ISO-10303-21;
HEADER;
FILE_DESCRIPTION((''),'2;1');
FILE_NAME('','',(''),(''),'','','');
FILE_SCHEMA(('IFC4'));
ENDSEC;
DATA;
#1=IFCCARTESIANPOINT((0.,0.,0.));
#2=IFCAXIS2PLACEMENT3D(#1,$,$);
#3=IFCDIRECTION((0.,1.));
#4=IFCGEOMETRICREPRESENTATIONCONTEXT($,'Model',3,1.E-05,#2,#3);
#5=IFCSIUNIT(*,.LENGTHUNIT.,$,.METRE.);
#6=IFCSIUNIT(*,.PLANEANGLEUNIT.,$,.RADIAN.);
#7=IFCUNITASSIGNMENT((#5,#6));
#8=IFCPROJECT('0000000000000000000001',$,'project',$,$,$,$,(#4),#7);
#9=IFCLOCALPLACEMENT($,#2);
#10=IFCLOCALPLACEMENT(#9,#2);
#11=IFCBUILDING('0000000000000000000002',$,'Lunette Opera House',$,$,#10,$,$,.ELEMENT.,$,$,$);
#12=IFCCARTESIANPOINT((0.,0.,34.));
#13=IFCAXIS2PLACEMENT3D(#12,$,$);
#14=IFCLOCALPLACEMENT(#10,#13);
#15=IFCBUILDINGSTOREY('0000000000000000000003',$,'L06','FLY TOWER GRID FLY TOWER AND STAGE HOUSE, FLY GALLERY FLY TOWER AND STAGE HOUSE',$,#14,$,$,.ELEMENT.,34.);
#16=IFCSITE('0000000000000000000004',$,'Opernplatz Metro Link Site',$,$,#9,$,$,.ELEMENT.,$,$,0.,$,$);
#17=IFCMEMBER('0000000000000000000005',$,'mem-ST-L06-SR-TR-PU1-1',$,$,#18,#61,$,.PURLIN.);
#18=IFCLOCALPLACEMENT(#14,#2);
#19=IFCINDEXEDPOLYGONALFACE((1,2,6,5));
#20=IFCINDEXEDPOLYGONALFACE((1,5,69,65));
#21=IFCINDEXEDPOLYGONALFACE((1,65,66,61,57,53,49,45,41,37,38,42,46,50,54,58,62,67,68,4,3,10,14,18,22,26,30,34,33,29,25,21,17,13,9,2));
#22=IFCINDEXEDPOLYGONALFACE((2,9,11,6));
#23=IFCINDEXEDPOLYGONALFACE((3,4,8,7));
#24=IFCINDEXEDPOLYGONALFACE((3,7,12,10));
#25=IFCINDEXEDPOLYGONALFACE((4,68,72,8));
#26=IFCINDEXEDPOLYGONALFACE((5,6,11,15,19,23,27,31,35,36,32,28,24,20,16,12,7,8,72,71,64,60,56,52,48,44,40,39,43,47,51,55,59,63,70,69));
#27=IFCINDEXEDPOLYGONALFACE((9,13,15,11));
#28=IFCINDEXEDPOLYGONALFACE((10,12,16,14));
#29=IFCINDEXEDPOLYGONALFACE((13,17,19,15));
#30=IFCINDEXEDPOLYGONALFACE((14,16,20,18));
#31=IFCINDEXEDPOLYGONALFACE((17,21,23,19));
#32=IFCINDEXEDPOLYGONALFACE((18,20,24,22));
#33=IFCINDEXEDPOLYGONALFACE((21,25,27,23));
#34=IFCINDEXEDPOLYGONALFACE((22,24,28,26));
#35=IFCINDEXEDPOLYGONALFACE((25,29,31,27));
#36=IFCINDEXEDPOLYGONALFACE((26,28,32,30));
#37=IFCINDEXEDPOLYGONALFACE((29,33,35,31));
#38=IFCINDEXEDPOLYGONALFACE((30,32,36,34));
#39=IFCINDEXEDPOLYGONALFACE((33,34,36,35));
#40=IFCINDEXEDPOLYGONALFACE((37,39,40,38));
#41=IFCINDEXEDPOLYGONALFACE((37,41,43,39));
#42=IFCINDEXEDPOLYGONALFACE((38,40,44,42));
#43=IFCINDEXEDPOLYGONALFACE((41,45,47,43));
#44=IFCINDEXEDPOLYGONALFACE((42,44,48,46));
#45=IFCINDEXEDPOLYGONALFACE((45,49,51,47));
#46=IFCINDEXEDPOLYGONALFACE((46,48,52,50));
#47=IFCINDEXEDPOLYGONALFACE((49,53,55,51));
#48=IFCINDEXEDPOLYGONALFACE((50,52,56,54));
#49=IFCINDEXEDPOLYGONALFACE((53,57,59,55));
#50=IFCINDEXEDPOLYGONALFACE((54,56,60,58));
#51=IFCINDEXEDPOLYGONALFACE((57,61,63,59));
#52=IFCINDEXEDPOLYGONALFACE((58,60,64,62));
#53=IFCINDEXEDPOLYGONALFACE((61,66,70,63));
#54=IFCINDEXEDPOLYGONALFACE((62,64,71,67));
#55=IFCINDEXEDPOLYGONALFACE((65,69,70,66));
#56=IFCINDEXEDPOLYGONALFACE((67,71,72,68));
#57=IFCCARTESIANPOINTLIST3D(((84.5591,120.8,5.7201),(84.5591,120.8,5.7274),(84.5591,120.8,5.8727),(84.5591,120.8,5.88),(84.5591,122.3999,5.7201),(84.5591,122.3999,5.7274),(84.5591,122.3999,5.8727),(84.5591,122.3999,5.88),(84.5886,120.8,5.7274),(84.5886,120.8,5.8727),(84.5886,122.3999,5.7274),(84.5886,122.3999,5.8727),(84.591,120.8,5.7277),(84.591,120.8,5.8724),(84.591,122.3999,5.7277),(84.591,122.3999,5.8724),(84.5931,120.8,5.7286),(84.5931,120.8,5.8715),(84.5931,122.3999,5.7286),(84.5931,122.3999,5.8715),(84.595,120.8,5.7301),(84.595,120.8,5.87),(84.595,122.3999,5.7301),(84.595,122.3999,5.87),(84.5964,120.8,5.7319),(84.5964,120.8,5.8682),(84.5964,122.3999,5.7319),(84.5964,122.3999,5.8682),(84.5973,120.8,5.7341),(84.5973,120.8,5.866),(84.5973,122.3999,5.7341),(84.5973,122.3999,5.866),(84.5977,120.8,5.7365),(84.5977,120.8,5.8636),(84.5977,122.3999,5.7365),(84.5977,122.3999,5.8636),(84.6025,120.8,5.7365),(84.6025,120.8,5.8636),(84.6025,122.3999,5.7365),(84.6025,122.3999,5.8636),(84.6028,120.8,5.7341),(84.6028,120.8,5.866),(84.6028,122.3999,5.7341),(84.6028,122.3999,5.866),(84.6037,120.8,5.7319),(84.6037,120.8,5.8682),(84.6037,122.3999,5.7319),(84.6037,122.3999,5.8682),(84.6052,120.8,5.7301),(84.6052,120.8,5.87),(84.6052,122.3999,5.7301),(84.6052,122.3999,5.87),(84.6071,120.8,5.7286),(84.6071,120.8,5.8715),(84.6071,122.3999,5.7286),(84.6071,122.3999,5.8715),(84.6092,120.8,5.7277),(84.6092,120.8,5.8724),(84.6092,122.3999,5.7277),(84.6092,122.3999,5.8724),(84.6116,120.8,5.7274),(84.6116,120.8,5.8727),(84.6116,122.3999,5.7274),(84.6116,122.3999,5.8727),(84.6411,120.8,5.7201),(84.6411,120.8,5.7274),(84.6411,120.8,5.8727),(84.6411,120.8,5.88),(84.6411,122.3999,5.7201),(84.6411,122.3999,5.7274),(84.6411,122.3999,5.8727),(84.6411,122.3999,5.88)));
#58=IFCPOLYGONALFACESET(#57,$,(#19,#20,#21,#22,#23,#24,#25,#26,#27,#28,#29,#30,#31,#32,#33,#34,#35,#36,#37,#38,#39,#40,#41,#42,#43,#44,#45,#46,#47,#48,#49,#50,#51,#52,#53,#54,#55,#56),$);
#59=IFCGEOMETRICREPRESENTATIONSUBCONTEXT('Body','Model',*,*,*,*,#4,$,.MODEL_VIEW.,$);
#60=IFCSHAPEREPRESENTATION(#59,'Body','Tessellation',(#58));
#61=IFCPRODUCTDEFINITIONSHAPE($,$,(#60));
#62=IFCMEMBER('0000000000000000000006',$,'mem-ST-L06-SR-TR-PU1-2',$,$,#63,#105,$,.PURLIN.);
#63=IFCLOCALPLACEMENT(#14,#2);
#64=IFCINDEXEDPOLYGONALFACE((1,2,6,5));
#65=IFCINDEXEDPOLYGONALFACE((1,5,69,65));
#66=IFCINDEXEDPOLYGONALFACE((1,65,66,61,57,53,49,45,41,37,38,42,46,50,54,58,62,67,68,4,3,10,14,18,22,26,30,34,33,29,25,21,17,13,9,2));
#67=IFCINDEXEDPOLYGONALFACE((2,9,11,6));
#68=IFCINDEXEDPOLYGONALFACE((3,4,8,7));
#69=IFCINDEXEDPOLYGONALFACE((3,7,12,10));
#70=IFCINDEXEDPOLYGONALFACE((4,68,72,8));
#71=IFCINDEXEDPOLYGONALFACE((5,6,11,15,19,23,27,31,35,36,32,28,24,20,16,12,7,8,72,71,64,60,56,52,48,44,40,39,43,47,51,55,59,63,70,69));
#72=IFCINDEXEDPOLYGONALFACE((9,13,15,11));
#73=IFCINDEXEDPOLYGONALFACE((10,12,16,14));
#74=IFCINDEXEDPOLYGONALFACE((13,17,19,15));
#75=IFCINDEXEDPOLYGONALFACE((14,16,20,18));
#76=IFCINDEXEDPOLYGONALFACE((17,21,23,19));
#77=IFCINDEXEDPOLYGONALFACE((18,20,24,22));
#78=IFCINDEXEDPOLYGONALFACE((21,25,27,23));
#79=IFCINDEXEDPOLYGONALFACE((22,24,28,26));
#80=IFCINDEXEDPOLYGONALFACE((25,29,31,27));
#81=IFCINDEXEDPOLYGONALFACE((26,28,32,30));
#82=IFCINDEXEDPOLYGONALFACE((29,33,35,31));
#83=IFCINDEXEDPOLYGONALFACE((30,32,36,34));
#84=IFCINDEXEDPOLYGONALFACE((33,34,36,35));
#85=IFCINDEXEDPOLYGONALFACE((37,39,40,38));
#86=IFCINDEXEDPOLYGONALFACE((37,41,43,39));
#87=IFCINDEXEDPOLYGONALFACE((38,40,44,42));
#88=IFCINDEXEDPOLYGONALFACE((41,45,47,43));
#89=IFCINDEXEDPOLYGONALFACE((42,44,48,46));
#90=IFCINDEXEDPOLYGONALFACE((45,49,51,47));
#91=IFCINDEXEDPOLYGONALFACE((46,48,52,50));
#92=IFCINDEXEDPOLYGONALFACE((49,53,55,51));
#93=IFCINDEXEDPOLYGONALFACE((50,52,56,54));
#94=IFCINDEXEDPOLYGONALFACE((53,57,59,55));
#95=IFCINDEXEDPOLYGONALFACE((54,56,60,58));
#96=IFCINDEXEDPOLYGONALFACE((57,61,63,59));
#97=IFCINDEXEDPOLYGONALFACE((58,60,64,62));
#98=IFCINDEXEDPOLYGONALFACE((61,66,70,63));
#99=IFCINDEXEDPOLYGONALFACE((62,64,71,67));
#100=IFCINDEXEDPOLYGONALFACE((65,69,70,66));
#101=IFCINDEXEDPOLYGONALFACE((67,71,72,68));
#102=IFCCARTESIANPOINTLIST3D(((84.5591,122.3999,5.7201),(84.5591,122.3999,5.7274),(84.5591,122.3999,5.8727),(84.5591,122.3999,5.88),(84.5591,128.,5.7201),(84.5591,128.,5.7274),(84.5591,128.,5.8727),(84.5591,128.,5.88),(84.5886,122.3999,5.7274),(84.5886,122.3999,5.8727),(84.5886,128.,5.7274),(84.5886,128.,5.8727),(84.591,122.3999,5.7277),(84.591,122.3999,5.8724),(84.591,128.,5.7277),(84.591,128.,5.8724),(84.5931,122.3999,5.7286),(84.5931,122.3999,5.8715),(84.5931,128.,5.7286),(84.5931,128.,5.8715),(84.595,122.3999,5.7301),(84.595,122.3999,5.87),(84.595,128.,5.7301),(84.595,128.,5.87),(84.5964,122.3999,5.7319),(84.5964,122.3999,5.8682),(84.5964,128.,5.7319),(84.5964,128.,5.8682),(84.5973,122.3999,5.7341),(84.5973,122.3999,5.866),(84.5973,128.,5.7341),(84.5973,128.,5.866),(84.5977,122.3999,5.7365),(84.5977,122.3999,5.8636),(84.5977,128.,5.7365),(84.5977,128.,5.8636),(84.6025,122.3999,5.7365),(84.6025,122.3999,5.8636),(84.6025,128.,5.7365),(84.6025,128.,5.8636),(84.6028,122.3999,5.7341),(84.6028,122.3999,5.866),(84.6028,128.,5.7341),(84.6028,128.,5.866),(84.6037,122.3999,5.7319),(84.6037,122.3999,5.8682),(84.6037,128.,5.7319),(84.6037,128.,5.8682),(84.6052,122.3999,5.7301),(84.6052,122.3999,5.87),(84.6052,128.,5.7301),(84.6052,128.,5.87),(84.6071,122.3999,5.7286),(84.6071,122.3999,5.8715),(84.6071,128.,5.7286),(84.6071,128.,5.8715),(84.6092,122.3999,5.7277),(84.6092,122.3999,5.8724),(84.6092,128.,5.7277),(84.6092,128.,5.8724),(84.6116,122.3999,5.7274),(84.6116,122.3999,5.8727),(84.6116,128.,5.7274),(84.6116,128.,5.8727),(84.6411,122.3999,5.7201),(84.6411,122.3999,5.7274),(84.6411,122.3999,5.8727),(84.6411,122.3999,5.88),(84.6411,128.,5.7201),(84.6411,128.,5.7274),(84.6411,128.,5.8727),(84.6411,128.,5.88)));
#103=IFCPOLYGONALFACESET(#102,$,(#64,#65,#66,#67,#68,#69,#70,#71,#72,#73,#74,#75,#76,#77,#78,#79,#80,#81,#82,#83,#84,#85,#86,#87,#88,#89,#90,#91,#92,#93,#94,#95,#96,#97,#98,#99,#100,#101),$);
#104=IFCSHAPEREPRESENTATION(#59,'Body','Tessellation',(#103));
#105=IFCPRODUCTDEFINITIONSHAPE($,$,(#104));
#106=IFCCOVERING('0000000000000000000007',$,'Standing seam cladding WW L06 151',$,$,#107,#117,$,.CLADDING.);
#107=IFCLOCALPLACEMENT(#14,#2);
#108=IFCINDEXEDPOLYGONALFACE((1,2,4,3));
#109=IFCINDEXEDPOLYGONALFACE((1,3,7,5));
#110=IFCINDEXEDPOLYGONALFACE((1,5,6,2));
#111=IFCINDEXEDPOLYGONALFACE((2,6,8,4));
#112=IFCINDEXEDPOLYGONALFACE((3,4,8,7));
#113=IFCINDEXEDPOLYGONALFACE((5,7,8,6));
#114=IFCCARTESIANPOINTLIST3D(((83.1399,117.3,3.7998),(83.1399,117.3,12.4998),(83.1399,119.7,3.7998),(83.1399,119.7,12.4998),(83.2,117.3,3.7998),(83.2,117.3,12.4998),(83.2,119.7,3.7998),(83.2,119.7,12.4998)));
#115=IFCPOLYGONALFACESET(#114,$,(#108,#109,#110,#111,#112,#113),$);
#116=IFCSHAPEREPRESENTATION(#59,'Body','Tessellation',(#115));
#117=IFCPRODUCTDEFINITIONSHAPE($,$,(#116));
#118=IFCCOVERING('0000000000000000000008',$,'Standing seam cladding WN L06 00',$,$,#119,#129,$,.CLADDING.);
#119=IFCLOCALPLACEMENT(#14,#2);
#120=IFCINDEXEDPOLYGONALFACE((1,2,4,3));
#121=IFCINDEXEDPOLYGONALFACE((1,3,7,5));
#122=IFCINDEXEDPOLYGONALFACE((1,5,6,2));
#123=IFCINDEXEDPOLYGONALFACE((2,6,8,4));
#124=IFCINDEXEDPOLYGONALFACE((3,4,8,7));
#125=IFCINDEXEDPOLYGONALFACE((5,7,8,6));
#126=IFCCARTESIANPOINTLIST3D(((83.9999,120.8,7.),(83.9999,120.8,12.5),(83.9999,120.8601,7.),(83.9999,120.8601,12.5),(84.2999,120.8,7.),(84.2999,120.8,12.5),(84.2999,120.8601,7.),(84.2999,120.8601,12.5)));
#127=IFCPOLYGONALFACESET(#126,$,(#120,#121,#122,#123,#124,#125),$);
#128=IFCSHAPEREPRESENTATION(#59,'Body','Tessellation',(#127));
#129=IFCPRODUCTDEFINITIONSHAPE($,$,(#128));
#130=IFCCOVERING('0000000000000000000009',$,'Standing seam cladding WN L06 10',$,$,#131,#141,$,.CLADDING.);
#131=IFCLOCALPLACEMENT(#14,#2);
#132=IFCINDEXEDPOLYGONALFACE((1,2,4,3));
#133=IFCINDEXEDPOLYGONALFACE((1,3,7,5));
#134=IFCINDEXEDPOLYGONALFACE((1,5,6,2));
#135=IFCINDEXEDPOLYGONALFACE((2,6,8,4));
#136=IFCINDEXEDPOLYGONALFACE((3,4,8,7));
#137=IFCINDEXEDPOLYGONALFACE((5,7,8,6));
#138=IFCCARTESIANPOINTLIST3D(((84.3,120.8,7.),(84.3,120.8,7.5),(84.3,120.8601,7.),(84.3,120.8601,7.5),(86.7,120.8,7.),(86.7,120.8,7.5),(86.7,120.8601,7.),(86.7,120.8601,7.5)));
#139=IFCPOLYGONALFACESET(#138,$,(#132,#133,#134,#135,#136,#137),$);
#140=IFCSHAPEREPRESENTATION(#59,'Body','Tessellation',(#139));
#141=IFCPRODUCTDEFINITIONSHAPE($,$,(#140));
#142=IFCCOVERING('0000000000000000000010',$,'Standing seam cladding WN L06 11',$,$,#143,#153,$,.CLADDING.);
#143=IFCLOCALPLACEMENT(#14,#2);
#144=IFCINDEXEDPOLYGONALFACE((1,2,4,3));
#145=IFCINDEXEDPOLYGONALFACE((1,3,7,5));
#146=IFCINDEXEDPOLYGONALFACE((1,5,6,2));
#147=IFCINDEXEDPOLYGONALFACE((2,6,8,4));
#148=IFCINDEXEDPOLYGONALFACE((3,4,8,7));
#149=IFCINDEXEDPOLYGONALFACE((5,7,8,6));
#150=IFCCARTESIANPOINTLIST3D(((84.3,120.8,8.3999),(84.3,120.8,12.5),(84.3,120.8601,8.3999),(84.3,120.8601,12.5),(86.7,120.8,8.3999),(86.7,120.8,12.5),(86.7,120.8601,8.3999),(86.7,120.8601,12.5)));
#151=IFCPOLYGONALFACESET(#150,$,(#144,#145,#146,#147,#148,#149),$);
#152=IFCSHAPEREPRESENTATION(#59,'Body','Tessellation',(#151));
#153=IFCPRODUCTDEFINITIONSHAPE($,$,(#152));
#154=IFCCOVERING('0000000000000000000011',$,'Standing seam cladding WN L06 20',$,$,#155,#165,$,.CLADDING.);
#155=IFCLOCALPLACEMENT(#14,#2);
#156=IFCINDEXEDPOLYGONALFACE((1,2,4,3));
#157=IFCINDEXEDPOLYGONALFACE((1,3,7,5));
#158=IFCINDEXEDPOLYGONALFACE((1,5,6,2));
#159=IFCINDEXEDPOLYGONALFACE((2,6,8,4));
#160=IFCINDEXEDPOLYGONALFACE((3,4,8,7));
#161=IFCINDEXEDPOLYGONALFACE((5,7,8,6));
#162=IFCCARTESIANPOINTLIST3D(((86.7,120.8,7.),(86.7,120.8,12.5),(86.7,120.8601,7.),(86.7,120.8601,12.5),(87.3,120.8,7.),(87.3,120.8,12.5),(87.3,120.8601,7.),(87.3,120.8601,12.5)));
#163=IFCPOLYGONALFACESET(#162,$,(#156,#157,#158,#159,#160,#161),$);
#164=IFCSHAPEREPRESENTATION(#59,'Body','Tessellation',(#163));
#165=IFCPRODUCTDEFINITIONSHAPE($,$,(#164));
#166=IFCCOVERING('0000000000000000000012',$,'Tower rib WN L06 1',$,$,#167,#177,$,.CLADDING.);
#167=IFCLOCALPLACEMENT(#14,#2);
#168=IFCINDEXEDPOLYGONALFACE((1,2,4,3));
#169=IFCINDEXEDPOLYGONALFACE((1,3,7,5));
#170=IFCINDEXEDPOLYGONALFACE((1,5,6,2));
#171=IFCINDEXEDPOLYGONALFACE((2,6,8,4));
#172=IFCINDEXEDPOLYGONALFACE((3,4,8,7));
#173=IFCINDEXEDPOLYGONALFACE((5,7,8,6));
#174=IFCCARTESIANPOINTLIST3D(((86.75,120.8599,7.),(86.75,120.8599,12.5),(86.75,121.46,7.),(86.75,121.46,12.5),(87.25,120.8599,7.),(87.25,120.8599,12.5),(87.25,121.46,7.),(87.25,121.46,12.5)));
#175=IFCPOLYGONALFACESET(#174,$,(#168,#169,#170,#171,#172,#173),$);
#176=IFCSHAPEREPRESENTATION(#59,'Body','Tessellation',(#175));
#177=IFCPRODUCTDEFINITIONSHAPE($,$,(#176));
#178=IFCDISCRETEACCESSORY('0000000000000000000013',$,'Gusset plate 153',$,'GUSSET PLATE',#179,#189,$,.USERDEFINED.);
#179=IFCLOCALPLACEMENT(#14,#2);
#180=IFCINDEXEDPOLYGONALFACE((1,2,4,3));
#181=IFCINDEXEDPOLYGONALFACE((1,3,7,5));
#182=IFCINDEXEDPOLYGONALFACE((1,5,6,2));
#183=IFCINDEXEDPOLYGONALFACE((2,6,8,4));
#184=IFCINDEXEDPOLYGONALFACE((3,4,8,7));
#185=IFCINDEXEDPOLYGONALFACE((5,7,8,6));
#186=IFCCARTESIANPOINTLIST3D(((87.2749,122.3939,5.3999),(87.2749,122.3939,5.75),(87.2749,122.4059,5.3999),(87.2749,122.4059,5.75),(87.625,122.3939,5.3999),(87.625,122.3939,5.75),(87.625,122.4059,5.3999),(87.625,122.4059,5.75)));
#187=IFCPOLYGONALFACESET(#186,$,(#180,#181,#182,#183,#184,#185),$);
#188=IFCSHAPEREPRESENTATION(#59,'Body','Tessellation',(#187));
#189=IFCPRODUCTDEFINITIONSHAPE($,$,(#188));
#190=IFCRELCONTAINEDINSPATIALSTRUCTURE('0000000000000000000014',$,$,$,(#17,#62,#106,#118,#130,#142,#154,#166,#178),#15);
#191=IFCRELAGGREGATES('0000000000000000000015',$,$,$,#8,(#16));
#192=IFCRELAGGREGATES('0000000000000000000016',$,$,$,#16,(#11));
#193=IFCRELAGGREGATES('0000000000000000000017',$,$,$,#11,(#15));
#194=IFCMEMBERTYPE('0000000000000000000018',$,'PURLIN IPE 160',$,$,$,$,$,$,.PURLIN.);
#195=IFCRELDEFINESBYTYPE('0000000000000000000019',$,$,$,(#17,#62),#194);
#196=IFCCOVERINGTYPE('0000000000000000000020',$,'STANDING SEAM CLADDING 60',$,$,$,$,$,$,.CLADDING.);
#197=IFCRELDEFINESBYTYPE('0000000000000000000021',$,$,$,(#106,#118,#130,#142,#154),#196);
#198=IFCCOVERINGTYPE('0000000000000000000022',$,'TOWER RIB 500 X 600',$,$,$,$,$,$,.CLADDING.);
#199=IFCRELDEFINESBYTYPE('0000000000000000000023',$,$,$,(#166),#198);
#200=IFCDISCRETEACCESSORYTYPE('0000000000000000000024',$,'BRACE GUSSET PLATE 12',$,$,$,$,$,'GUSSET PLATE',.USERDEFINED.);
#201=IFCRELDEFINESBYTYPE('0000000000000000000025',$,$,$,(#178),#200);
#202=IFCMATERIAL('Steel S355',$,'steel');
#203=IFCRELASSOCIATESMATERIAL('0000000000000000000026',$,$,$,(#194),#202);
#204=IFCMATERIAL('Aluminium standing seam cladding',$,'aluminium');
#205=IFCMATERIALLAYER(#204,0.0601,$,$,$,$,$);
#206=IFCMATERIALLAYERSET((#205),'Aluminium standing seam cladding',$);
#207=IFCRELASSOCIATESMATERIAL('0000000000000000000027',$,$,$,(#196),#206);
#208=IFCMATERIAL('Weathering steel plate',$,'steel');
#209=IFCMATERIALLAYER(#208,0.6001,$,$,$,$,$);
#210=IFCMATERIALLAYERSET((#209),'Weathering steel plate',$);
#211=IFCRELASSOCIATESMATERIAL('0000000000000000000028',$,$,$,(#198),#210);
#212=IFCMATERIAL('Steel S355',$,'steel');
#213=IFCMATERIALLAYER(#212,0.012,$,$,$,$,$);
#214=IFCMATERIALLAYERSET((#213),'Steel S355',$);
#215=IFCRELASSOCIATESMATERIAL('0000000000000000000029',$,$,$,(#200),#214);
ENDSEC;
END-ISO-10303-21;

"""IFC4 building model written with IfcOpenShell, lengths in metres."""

from ifc_helpers import new_model, si_unit, direction, frame, origin, origin_2d, place, context, subcontext, project, spatial, rectangle, i_section, extrude, material, layer, layer_set, material_profile, profile_set, type_object, element, save


model = new_model("IFC4")

# Units and contexts
model_context = context("Model", 3, precision=1e-05, world=origin(), true_north=direction((0.0, 1.0)))
body_context = subcontext(model_context, "Body", "Model", "MODEL_VIEW")
ifc_project = project(units=[si_unit("LENGTHUNIT", "METRE"), si_unit("PLANEANGLEUNIT", "RADIAN")], contexts=[model_context])

# Site, building, storey
site_placement = place(None, origin())
site = spatial("IfcSite", under=ifc_project, at=site_placement, Name="Opernplatz Metro Link Site", CompositionType="ELEMENT", RefElevation=0.0)
building_placement = place(site_placement, origin())
building = spatial("IfcBuilding", under=site, at=building_placement, Name="Lunette Opera House", CompositionType="ELEMENT")
storey_placement = place(building_placement, frame((0.0, 0.0, 34.0)))
storey = spatial("IfcBuildingStorey", under=building, at=storey_placement, Name="L06", Description="FLY TOWER GRID FLY TOWER AND STAGE HOUSE, FLY GALLERY FLY TOWER AND STAGE HOUSE", CompositionType="ELEMENT", Elevation=34.0)

# Members
ifc_material_1 = material(Name="Steel S355", Category="steel")
ifc_material_profile_1 = material_profile(ifc_material_1, i_section(OverallWidth=0.082, OverallDepth=0.1599, WebThickness=0.0049, FlangeThickness=0.0073, FilletRadius=0.009, at=origin_2d()), Name="IPE 160")
ifc_profile_set_1 = profile_set([ifc_material_profile_1], Name="Steel S355")
member_type_1 = type_object("IfcMemberType", Name="PURLIN IPE 160", PredefinedType="PURLIN", material=ifc_profile_set_1)
member_1_placement = place(storey_placement, frame((84.6001, 120.8, 5.8), z_axis=(0.0, 1.0, 0.0), x_axis=(-1.0, 0.0, 0.0)))
element("IfcMember", 1, at=member_1_placement, inside=storey, type_object=member_type_1, Name="mem-ST-L06-SR-TR-PU1-1", PredefinedType="PURLIN", context=body_context, shape_type="SweptSolid", body=[
    extrude(i_section(OverallWidth=0.082, OverallDepth=0.1599, WebThickness=0.0049, FlangeThickness=0.0073, FilletRadius=0.009, at=origin_2d()), origin(), (0.0, 0.0, 1.0), 1.5999),
])
member_2_placement = place(storey_placement, frame((84.6001, 122.3999, 5.8), z_axis=(0.0, 1.0, 0.0), x_axis=(-1.0, 0.0, 0.0)))
element("IfcMember", 2, at=member_2_placement, inside=storey, type_object=member_type_1, Name="mem-ST-L06-SR-TR-PU1-2", PredefinedType="PURLIN", context=body_context, shape_type="SweptSolid", body=[
    extrude(i_section(OverallWidth=0.082, OverallDepth=0.1599, WebThickness=0.0049, FlangeThickness=0.0073, FilletRadius=0.009, at=origin_2d()), origin(), (0.0, 0.0, 1.0), 5.6001),
])

# Coverings
ifc_material_2 = material(Name="Aluminium standing seam cladding", Category="aluminium")
ifc_layer_1 = layer(ifc_material_2, 0.0601)
ifc_layer_set_1 = layer_set([ifc_layer_1], Name="Aluminium standing seam cladding")
covering_type_1 = type_object("IfcCoveringType", Name="STANDING SEAM CLADDING 60", PredefinedType="CLADDING", material=ifc_layer_set_1)
covering_1_placement = place(storey_placement, frame((83.1699, 118.5, 3.7998), z_axis=(0.0, 0.0, 1.0), x_axis=(0.0, 1.0, 0.0)))
element("IfcCovering", 3, at=covering_1_placement, inside=storey, type_object=covering_type_1, Name="Standing seam cladding WW L06 151", PredefinedType="CLADDING", context=body_context, shape_type="SweptSolid", body=[
    extrude(rectangle(XDim=2.3999, YDim=0.0601, at=origin_2d()), origin(), (0.0, 0.0, 1.0), 8.7),
])
covering_2_placement = place(storey_placement, frame((84.1499, 120.8301, 7.0), z_axis=(0.0, 0.0, 1.0), x_axis=(1.0, 0.0, 0.0)))
element("IfcCovering", 4, at=covering_2_placement, inside=storey, type_object=covering_type_1, Name="Standing seam cladding WN L06 00", PredefinedType="CLADDING", context=body_context, shape_type="SweptSolid", body=[
    extrude(rectangle(XDim=0.3, YDim=0.0601, at=origin_2d()), origin(), (0.0, 0.0, 1.0), 5.5),
])
covering_3_placement = place(storey_placement, frame((85.5, 120.8301, 7.0), z_axis=(0.0, 0.0, 1.0), x_axis=(1.0, 0.0, 0.0)))
element("IfcCovering", 5, at=covering_3_placement, inside=storey, type_object=covering_type_1, Name="Standing seam cladding WN L06 10", PredefinedType="CLADDING", context=body_context, shape_type="SweptSolid", body=[
    extrude(rectangle(XDim=2.3999, YDim=0.0601, at=origin_2d()), origin(), (0.0, 0.0, 1.0), 0.5),
])
covering_4_placement = place(storey_placement, frame((85.5, 120.8301, 8.3999), z_axis=(0.0, 0.0, 1.0), x_axis=(1.0, 0.0, 0.0)))
element("IfcCovering", 6, at=covering_4_placement, inside=storey, type_object=covering_type_1, Name="Standing seam cladding WN L06 11", PredefinedType="CLADDING", context=body_context, shape_type="SweptSolid", body=[
    extrude(rectangle(XDim=2.3999, YDim=0.0601, at=origin_2d()), origin(), (0.0, 0.0, 1.0), 4.1001),
])
covering_5_placement = place(storey_placement, frame((87.0, 120.8301, 7.0), z_axis=(0.0, 0.0, 1.0), x_axis=(1.0, 0.0, 0.0)))
element("IfcCovering", 7, at=covering_5_placement, inside=storey, type_object=covering_type_1, Name="Standing seam cladding WN L06 20", PredefinedType="CLADDING", context=body_context, shape_type="SweptSolid", body=[
    extrude(rectangle(XDim=0.6001, YDim=0.0601, at=origin_2d()), origin(), (0.0, 0.0, 1.0), 5.5),
])
ifc_material_3 = material(Name="Weathering steel plate", Category="steel")
ifc_layer_2 = layer(ifc_material_3, 0.6001)
ifc_layer_set_2 = layer_set([ifc_layer_2], Name="Weathering steel plate")
covering_type_2 = type_object("IfcCoveringType", Name="TOWER RIB 500 X 600", PredefinedType="CLADDING", material=ifc_layer_set_2)
covering_6_placement = place(storey_placement, frame((87.0, 121.1599, 7.0), z_axis=(0.0, 0.0, 1.0), x_axis=(1.0, 0.0, 0.0)))
element("IfcCovering", 8, at=covering_6_placement, inside=storey, type_object=covering_type_2, Name="Tower rib WN L06 1", PredefinedType="CLADDING", context=body_context, shape_type="SweptSolid", body=[
    extrude(rectangle(XDim=0.5, YDim=0.6001, at=origin_2d()), origin(), (0.0, 0.0, 1.0), 5.5),
])

# Discrete accessory
ifc_material_4 = material(Name="Steel S355", Category="steel")
ifc_layer_3 = layer(ifc_material_4, 0.012)
ifc_layer_set_3 = layer_set([ifc_layer_3], Name="Steel S355")
discrete_accessory_type_1 = type_object("IfcDiscreteAccessoryType", Name="BRACE GUSSET PLATE 12", ElementType="GUSSET PLATE", PredefinedType="USERDEFINED", material=ifc_layer_set_3)
discrete_accessory_1_placement = place(storey_placement, frame((87.45, 122.3999, 5.3999), z_axis=(0.0, 0.0, 1.0), x_axis=(1.0, 0.0, 0.0)))
element("IfcDiscreteAccessory", 9, at=discrete_accessory_1_placement, inside=storey, type_object=discrete_accessory_type_1, Name="Gusset plate 153", ObjectType="GUSSET PLATE", PredefinedType="USERDEFINED", context=body_context, shape_type="SweptSolid", body=[
    extrude(rectangle(XDim=0.3501, YDim=0.012, at=origin_2d()), origin(), (0.0, 0.0, 1.0), 0.3501),
])

save(model, "model.ifc")
